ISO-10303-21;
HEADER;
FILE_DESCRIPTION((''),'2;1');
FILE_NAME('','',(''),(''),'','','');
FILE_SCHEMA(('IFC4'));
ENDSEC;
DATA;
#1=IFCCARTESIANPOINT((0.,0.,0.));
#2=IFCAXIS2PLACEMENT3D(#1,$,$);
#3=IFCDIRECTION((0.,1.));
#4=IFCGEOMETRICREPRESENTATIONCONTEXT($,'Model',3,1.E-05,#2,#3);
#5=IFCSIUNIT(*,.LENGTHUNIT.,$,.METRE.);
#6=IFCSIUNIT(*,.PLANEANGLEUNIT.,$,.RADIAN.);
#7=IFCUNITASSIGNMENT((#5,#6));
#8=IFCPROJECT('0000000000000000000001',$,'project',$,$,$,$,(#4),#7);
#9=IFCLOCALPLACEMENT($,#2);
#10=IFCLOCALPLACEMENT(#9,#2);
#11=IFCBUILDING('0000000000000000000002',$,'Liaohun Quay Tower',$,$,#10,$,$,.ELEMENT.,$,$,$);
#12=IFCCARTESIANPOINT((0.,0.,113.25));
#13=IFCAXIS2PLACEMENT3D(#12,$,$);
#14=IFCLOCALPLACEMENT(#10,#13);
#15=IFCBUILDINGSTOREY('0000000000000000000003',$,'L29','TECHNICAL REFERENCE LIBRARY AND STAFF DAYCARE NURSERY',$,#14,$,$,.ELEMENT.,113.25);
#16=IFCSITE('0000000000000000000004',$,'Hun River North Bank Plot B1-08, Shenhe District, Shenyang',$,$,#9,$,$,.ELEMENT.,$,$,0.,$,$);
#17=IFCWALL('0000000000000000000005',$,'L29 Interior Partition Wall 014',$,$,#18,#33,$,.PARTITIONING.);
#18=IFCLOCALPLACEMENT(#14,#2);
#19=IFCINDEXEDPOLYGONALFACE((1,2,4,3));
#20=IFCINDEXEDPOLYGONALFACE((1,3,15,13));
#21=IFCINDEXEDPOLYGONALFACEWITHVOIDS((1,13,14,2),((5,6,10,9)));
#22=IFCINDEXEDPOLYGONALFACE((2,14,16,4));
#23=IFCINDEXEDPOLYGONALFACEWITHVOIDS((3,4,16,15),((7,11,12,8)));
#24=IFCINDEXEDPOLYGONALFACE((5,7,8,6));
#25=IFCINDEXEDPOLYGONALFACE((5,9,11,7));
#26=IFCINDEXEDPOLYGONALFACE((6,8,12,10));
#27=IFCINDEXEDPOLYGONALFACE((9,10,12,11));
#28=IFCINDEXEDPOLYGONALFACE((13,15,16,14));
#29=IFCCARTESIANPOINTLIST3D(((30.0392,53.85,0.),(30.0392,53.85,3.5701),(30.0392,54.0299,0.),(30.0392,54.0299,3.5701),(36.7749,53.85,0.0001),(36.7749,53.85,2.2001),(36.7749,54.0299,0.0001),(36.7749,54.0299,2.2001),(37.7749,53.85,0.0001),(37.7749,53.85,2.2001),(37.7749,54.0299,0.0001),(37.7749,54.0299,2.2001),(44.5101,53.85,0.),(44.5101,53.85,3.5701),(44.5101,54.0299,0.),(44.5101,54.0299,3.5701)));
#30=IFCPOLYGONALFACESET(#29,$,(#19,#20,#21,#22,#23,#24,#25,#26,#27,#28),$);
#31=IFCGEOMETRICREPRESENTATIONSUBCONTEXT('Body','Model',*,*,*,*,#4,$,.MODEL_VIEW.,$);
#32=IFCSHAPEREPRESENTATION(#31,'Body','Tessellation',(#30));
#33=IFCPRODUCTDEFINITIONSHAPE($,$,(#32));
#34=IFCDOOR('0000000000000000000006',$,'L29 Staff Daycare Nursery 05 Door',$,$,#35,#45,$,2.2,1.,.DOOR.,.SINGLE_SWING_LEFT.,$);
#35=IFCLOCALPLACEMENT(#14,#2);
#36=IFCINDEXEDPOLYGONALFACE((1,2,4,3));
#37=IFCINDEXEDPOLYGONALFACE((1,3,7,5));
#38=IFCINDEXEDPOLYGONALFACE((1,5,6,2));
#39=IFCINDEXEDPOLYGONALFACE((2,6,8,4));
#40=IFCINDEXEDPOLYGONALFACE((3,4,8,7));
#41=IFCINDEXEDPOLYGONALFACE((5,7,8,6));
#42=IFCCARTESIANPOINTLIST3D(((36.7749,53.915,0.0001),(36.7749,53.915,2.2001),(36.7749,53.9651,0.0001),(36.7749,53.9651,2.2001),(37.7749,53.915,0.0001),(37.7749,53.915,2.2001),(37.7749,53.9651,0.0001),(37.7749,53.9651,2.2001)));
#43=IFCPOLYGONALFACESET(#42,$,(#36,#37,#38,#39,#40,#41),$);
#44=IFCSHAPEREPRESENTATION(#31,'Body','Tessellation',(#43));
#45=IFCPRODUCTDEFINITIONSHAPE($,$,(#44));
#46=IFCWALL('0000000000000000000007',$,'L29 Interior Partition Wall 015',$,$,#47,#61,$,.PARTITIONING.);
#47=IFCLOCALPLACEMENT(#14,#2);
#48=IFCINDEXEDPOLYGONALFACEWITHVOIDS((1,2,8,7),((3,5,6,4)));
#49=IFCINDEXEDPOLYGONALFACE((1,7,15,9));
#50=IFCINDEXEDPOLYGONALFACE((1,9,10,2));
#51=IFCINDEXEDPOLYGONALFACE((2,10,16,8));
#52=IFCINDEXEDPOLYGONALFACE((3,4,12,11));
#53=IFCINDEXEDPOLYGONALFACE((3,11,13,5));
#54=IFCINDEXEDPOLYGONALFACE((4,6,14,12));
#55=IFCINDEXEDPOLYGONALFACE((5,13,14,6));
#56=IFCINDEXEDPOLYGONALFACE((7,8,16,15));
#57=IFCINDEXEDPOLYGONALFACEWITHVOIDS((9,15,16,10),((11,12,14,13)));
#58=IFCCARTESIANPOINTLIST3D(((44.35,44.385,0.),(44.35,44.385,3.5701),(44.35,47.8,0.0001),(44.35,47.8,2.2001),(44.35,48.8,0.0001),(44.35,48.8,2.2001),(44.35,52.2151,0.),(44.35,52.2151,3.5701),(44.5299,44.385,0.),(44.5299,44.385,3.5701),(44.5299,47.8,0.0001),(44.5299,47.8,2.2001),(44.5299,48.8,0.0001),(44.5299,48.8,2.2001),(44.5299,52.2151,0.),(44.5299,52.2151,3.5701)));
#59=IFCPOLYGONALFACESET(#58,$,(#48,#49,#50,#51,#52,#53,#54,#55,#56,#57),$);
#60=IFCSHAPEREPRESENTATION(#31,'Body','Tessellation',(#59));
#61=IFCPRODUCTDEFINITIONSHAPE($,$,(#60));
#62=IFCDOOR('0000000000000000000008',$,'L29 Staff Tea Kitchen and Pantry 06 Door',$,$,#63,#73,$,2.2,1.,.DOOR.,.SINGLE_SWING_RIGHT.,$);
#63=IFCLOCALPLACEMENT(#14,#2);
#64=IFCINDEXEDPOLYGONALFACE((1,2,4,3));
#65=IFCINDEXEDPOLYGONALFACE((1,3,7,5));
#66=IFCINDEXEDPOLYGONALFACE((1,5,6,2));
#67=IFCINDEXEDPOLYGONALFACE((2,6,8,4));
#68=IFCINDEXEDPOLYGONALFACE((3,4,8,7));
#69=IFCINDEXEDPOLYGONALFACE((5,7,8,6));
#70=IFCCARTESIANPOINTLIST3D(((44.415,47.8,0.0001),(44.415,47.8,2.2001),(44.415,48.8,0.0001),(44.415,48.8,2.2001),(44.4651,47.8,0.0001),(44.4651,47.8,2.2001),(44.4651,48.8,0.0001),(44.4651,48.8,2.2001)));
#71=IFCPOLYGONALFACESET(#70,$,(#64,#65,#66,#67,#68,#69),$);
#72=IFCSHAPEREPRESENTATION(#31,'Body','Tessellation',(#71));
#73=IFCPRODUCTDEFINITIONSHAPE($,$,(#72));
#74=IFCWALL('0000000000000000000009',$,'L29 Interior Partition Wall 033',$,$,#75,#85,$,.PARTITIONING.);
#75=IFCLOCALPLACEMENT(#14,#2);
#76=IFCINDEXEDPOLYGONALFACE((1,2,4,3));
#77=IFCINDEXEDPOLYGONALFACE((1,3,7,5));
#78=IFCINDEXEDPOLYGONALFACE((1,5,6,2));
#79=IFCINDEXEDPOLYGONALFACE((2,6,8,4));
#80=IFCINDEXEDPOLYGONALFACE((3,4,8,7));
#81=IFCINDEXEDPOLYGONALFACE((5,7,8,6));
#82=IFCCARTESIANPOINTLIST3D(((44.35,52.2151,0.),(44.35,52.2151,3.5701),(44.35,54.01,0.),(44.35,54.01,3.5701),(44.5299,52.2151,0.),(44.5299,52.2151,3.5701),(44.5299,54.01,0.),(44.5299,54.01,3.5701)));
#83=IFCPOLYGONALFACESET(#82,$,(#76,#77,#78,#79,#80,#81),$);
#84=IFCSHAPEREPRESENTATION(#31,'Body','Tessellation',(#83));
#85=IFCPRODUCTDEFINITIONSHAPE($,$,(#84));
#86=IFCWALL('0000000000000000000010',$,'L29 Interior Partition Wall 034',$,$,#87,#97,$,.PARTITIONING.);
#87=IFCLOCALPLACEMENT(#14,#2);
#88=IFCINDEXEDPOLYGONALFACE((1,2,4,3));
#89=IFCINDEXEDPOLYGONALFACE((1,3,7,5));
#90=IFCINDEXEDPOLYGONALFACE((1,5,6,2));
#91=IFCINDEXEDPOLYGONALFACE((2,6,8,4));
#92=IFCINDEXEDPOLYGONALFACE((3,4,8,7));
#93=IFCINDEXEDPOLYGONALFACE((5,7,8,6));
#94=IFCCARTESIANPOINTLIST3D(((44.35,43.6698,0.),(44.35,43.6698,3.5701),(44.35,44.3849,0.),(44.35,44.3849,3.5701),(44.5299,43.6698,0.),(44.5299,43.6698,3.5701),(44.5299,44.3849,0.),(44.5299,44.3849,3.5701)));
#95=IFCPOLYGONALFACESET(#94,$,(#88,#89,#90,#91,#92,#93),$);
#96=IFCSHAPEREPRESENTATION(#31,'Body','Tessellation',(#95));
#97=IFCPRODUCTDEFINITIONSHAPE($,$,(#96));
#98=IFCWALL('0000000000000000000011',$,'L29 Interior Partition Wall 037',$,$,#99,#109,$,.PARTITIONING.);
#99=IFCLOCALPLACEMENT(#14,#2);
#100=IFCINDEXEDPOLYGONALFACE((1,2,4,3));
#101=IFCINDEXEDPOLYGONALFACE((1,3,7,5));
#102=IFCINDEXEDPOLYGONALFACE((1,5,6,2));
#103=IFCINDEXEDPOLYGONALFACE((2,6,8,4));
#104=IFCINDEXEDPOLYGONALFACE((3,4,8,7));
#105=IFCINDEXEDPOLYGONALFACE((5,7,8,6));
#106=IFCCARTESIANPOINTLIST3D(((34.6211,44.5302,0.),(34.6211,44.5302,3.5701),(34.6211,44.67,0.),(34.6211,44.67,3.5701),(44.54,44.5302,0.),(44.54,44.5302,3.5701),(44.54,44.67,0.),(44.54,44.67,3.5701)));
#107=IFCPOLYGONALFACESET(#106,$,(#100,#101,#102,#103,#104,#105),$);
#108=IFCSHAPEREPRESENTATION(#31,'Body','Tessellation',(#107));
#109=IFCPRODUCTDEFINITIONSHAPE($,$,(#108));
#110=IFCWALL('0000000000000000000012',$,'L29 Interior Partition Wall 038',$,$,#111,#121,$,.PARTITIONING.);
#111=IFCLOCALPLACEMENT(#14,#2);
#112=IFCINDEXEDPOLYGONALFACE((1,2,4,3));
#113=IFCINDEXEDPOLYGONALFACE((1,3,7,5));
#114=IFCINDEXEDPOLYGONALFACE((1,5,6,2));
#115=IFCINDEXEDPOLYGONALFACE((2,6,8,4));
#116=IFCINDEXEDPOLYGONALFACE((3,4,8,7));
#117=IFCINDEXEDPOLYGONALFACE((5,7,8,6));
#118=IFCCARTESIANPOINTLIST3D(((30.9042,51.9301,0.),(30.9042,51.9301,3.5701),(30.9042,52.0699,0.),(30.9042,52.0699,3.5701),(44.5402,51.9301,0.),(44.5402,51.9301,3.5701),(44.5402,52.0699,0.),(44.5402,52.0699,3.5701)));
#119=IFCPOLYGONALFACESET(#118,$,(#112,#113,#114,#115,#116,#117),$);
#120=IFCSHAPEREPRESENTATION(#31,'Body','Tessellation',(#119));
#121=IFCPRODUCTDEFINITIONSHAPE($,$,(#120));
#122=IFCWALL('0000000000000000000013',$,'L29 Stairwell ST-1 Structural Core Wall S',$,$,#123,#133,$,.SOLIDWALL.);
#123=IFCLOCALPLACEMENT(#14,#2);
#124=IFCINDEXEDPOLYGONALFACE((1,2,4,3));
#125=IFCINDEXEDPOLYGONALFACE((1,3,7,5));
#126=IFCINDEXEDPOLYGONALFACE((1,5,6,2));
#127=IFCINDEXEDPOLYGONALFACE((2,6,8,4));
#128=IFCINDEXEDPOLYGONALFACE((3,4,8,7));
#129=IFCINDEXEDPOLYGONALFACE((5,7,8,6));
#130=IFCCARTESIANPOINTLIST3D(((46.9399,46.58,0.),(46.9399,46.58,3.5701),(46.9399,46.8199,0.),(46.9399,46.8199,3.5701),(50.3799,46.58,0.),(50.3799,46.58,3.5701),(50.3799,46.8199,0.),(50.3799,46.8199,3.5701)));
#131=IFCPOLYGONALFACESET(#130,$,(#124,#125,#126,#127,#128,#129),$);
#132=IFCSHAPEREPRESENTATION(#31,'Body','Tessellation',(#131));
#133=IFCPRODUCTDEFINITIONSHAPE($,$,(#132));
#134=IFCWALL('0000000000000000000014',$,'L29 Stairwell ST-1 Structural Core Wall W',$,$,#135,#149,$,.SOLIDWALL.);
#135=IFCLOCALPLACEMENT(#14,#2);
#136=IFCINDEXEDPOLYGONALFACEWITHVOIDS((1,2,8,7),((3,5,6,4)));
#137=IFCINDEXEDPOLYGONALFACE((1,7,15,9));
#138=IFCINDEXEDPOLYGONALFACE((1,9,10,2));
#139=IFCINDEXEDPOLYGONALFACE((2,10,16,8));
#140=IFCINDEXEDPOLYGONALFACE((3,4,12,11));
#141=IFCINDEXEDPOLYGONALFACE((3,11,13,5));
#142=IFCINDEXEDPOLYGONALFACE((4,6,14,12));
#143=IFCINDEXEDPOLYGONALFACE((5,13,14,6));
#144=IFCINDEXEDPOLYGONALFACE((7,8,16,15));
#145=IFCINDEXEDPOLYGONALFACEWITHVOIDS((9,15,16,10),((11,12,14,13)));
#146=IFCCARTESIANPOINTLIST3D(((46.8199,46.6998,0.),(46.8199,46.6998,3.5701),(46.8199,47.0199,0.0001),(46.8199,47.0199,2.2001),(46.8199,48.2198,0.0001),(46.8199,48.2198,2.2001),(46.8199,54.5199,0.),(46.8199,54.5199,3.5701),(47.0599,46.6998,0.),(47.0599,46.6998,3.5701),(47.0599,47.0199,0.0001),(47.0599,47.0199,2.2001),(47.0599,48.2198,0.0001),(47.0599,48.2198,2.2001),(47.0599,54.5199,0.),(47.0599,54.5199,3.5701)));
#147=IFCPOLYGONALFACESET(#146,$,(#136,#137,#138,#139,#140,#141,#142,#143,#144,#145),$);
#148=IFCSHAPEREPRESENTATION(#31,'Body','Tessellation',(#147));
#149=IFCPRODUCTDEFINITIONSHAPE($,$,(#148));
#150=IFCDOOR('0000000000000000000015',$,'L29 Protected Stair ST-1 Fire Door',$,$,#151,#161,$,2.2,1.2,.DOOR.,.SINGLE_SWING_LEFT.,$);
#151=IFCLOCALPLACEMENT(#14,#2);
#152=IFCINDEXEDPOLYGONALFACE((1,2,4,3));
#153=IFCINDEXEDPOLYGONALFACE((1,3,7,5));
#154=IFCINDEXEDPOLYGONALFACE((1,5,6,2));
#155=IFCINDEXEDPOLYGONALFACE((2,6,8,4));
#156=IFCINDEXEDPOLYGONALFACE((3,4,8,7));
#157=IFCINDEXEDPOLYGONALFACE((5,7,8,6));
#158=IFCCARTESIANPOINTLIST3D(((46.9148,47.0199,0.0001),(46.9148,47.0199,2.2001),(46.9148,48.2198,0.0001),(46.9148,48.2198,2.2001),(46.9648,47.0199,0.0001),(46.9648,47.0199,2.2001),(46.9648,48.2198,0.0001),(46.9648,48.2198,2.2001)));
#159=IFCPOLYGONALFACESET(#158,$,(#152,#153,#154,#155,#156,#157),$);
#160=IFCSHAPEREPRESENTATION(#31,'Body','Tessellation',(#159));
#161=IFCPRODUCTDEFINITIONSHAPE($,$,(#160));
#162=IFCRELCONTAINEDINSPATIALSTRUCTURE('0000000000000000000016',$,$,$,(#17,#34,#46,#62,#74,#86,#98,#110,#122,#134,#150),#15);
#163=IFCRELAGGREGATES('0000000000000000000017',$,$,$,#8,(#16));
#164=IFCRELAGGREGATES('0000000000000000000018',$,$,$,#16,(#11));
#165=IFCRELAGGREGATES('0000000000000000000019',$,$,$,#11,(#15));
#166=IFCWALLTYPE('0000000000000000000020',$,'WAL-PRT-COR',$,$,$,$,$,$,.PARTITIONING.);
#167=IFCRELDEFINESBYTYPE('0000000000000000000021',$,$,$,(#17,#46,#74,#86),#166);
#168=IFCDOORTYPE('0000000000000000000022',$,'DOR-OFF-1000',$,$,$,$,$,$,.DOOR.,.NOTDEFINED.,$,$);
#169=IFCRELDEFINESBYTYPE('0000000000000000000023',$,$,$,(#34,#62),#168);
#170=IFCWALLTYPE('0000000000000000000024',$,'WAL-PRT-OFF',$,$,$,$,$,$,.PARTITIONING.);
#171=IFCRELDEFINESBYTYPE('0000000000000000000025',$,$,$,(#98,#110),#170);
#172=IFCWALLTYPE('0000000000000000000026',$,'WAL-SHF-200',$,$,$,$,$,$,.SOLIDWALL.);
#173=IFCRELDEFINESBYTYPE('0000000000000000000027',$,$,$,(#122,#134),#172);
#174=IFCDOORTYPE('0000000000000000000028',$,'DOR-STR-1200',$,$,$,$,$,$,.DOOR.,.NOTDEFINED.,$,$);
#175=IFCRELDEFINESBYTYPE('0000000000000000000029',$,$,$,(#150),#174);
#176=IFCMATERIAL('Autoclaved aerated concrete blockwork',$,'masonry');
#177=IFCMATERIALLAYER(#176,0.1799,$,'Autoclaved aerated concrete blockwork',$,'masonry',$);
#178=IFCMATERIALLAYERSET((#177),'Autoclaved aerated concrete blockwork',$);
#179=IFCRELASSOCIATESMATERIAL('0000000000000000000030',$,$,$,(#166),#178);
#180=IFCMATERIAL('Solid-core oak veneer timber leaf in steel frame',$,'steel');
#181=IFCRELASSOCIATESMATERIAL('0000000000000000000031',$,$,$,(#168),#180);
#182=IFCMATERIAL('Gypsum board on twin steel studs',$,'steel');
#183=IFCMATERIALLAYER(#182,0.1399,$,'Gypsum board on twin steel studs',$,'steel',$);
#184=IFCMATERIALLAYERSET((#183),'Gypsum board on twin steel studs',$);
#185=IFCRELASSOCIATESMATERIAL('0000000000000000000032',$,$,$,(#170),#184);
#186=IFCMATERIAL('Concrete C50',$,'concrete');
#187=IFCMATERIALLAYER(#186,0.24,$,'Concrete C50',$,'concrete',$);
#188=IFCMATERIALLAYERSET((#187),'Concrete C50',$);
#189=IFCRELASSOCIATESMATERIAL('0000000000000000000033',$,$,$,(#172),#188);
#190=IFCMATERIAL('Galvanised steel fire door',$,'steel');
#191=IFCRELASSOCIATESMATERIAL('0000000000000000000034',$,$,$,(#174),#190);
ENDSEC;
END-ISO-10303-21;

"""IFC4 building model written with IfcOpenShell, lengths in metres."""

from ifc_helpers import new_model, si_unit, direction, frame, frame_2d, origin, place, context, subcontext, project, spatial, rectangle, extrude, source, transform, mapped, material, layer, layer_set, type_object, element, fill, save


model = new_model("IFC4")

# Units and contexts
model_context = context("Model", 3, precision=1e-05, world=origin(), true_north=direction((0.0, 1.0)))
body_context = subcontext(model_context, "Body", "Model", "MODEL_VIEW")
ifc_project = project(units=[si_unit("LENGTHUNIT", "METRE"), si_unit("PLANEANGLEUNIT", "RADIAN")], contexts=[model_context])

# Site, building, storey
site_placement = place(None, origin())
site = spatial("IfcSite", under=ifc_project, at=site_placement, Name="Hun River North Bank Plot B1-08, Shenhe District, Shenyang", CompositionType="ELEMENT", RefElevation=0.0)
building_placement = place(site_placement, origin())
building = spatial("IfcBuilding", under=site, at=building_placement, Name="Liaohun Quay Tower", CompositionType="ELEMENT")
storey_placement = place(building_placement, frame((0.0, 0.0, 113.25)))
storey = spatial("IfcBuildingStorey", under=building, at=storey_placement, Name="L29", Description="TECHNICAL REFERENCE LIBRARY AND STAFF DAYCARE NURSERY", CompositionType="ELEMENT", Elevation=113.25)

# Walls, openings, doors
ifc_material_1 = material(Name="Autoclaved aerated concrete blockwork", Category="masonry")
ifc_layer_1 = layer(ifc_material_1, 0.1799, Name="Autoclaved aerated concrete blockwork", Category="masonry")
ifc_layer_set_1 = layer_set([ifc_layer_1], Name="Autoclaved aerated concrete blockwork")
wall_type_1 = type_object("IfcWallType", Name="WAL-PRT-COR", PredefinedType="PARTITIONING", material=ifc_layer_set_1)
wall_1_placement = place(storey_placement, frame((44.51, 53.9399, 0.0), z_axis=(0.0, 0.0, 1.0), x_axis=(-1.0, 0.0, 0.0)))
wall_1 = element("IfcWall", 1, at=wall_1_placement, inside=storey, type_object=wall_type_1, Name="L29 Interior Partition Wall 014", PredefinedType="PARTITIONING", context=body_context, shape_type="SweptSolid", body=[
    extrude(rectangle(XDim=14.4709, YDim=0.1799, at=frame_2d((7.2354, 0.0))), origin(), (0.0, 0.0, 1.0), 3.5701),
])
shared_shape_1 = source(origin(), body_context, "Body", "SweptSolid", [
    extrude(rectangle(XDim=1.0, YDim=2.2, at=frame_2d((0.5, 1.1001))), frame((0.0, 0.0999, 0.0), z_axis=(0.0, -1.0, 0.0), x_axis=(1.0, 0.0, 0.0)), (0.0, 0.0, 1.0), 0.2),
])
opening_1_placement = place(wall_1_placement, frame((6.7351, 0.0, 0.0)))
opening_1 = element("IfcOpeningElement", 2, at=opening_1_placement, cuts=wall_1, PredefinedType="OPENING", context=body_context, shape_type="MappedRepresentation", body=[
    mapped(shared_shape_1, transform((0.0, 0.0, 0.0), x_axis=(1.0, 0.0, 0.0), y_axis=(0.0, 1.0, 0.0), z_axis=(0.0, 0.0, 1.0), scale=1.0)),
])
ifc_material_2 = material(Name="Solid-core oak veneer timber leaf in steel frame", Category="steel")
door_type_1 = type_object("IfcDoorType", Name="DOR-OFF-1000", OperationType="NOTDEFINED", PredefinedType="DOOR", material=ifc_material_2)
shared_shape_2 = source(origin(), body_context, "Body", "SweptSolid", [
    extrude(rectangle(XDim=1.0, YDim=2.2, at=frame_2d((0.5, 1.1001))), frame((0.0, 0.0249, 0.0), z_axis=(0.0, -1.0, 0.0), x_axis=(1.0, 0.0, 0.0)), (0.0, 0.0, 1.0), 0.05),
])
door_1_placement = place(opening_1_placement, origin())
door_1 = element("IfcDoor", 3, at=door_1_placement, inside=storey, type_object=door_type_1, Name="L29 Staff Daycare Nursery 05 Door", OperationType="SINGLE_SWING_LEFT", OverallHeight=2.2, OverallWidth=1.0, PredefinedType="DOOR", context=body_context, shape_type="MappedRepresentation", body=[
    mapped(shared_shape_2, transform((0.0, 0.0, 0.0), x_axis=(1.0, 0.0, 0.0), y_axis=(0.0, 1.0, 0.0), z_axis=(0.0, 0.0, 1.0), scale=1.0)),
])
fill(opening_1, door_1)
wall_2_placement = place(storey_placement, frame((44.4399, 44.385, 0.0), z_axis=(0.0, 0.0, 1.0), x_axis=(0.0, 1.0, 0.0)))
wall_2 = element("IfcWall", 4, at=wall_2_placement, inside=storey, type_object=wall_type_1, Name="L29 Interior Partition Wall 015", PredefinedType="PARTITIONING", context=body_context, shape_type="SweptSolid", body=[
    extrude(rectangle(XDim=7.8301, YDim=0.1799, at=frame_2d((3.915, 0.0))), origin(), (0.0, 0.0, 1.0), 3.5701),
])
opening_2_placement = place(wall_2_placement, frame((3.415, 0.0, 0.0)))
opening_2 = element("IfcOpeningElement", 5, at=opening_2_placement, cuts=wall_2, PredefinedType="OPENING", context=body_context, shape_type="MappedRepresentation", body=[
    mapped(shared_shape_1, transform((0.0, 0.0, 0.0), x_axis=(1.0, 0.0, 0.0), y_axis=(0.0, 1.0, 0.0), z_axis=(0.0, 0.0, 1.0), scale=1.0)),
])
door_2_placement = place(opening_2_placement, origin())
door_2 = element("IfcDoor", 6, at=door_2_placement, inside=storey, type_object=door_type_1, Name="L29 Staff Tea Kitchen and Pantry 06 Door", OperationType="SINGLE_SWING_RIGHT", OverallHeight=2.2, OverallWidth=1.0, PredefinedType="DOOR", context=body_context, shape_type="MappedRepresentation", body=[
    mapped(shared_shape_2, transform((0.0, 0.0, 0.0), x_axis=(1.0, 0.0, 0.0), y_axis=(0.0, 1.0, 0.0), z_axis=(0.0, 0.0, 1.0), scale=1.0)),
])
fill(opening_2, door_2)

# Walls
wall_3_placement = place(storey_placement, frame((44.4399, 52.2151, 0.0), z_axis=(0.0, 0.0, 1.0), x_axis=(0.0, 1.0, 0.0)))
element("IfcWall", 7, at=wall_3_placement, inside=storey, type_object=wall_type_1, Name="L29 Interior Partition Wall 033", PredefinedType="PARTITIONING", context=body_context, shape_type="SweptSolid", body=[
    extrude(rectangle(XDim=1.7949, YDim=0.1799, at=frame_2d((0.8975, 0.0))), origin(), (0.0, 0.0, 1.0), 3.5701),
])
wall_4_placement = place(storey_placement, frame((44.4399, 43.6699, 0.0), z_axis=(0.0, 0.0, 1.0), x_axis=(0.0, 1.0, 0.0)))
element("IfcWall", 8, at=wall_4_placement, inside=storey, type_object=wall_type_1, Name="L29 Interior Partition Wall 034", PredefinedType="PARTITIONING", context=body_context, shape_type="SweptSolid", body=[
    extrude(rectangle(XDim=0.7151, YDim=0.1799, at=frame_2d((0.3574, 0.0))), origin(), (0.0, 0.0, 1.0), 3.5701),
])
ifc_material_3 = material(Name="Gypsum board on twin steel studs", Category="steel")
ifc_layer_2 = layer(ifc_material_3, 0.1399, Name="Gypsum board on twin steel studs", Category="steel")
ifc_layer_set_2 = layer_set([ifc_layer_2], Name="Gypsum board on twin steel studs")
wall_type_2 = type_object("IfcWallType", Name="WAL-PRT-OFF", PredefinedType="PARTITIONING", material=ifc_layer_set_2)
wall_5_placement = place(storey_placement, frame((44.54, 44.6001, 0.0), z_axis=(0.0, 0.0, 1.0), x_axis=(-1.0, 0.0, 0.0)))
element("IfcWall", 9, at=wall_5_placement, inside=storey, type_object=wall_type_2, Name="L29 Interior Partition Wall 037", PredefinedType="PARTITIONING", context=body_context, shape_type="SweptSolid", body=[
    extrude(rectangle(XDim=9.9189, YDim=0.1399, at=frame_2d((4.9595, 0.0))), origin(), (0.0, 0.0, 1.0), 3.5701),
])
wall_6_placement = place(storey_placement, frame((44.54, 52.0, 0.0), z_axis=(0.0, 0.0, 1.0), x_axis=(-1.0, 0.0, 0.0)))
element("IfcWall", 10, at=wall_6_placement, inside=storey, type_object=wall_type_2, Name="L29 Interior Partition Wall 038", PredefinedType="PARTITIONING", context=body_context, shape_type="SweptSolid", body=[
    extrude(rectangle(XDim=13.636, YDim=0.1399, at=frame_2d((6.8179, 0.0))), origin(), (0.0, 0.0, 1.0), 3.5701),
])
ifc_material_4 = material(Name="Concrete C50", Category="concrete")
ifc_layer_3 = layer(ifc_material_4, 0.24, Name="Concrete C50", Category="concrete")
ifc_layer_set_3 = layer_set([ifc_layer_3], Name="Concrete C50")
wall_type_3 = type_object("IfcWallType", Name="WAL-SHF-200", PredefinedType="SOLIDWALL", material=ifc_layer_set_3)
wall_7_placement = place(storey_placement, frame((46.9399, 46.7, 0.0), z_axis=(0.0, 0.0, 1.0), x_axis=(1.0, 0.0, 0.0)))
element("IfcWall", 11, at=wall_7_placement, inside=storey, type_object=wall_type_3, Name="L29 Stairwell ST-1 Structural Core Wall S", PredefinedType="SOLIDWALL", context=body_context, shape_type="SweptSolid", body=[
    extrude(rectangle(XDim=3.4399, YDim=0.24, at=frame_2d((1.72, 0.0))), origin(), (0.0, 0.0, 1.0), 3.5701),
])

# Wall, opening, door
wall_8_placement = place(storey_placement, frame((46.9399, 54.52, 0.0), z_axis=(0.0, 0.0, 1.0), x_axis=(0.0, -1.0, 0.0)))
wall_8 = element("IfcWall", 12, at=wall_8_placement, inside=storey, type_object=wall_type_3, Name="L29 Stairwell ST-1 Structural Core Wall W", PredefinedType="SOLIDWALL", context=body_context, shape_type="SweptSolid", body=[
    extrude(rectangle(XDim=7.8201, YDim=0.24, at=frame_2d((3.9102, 0.0))), origin(), (0.0, 0.0, 1.0), 3.5701),
])
shared_shape_3 = source(origin(), body_context, "Body", "SweptSolid", [
    extrude(rectangle(XDim=1.2, YDim=2.2, at=frame_2d((0.6001, 1.1001))), frame((0.0, 0.1299, 0.0), z_axis=(0.0, -1.0, 0.0), x_axis=(1.0, 0.0, 0.0)), (0.0, 0.0, 1.0), 0.26),
])
opening_3_placement = place(wall_8_placement, frame((6.3, 0.0, 0.0)))
opening_3 = element("IfcOpeningElement", 13, at=opening_3_placement, cuts=wall_8, PredefinedType="OPENING", context=body_context, shape_type="MappedRepresentation", body=[
    mapped(shared_shape_3, transform((0.0, 0.0, 0.0), x_axis=(1.0, 0.0, 0.0), y_axis=(0.0, 1.0, 0.0), z_axis=(0.0, 0.0, 1.0), scale=1.0)),
])
ifc_material_5 = material(Name="Galvanised steel fire door", Category="steel")
door_type_2 = type_object("IfcDoorType", Name="DOR-STR-1200", OperationType="NOTDEFINED", PredefinedType="DOOR", material=ifc_material_5)
shared_shape_4 = source(origin(), body_context, "Body", "SweptSolid", [
    extrude(rectangle(XDim=1.2, YDim=2.2, at=frame_2d((0.6001, 1.1001))), frame((0.0, 0.0249, 0.0), z_axis=(0.0, -1.0, 0.0), x_axis=(1.0, 0.0, 0.0)), (0.0, 0.0, 1.0), 0.05),
])
door_3_placement = place(opening_3_placement, origin())
door_3 = element("IfcDoor", 14, at=door_3_placement, inside=storey, type_object=door_type_2, Name="L29 Protected Stair ST-1 Fire Door", OperationType="SINGLE_SWING_LEFT", OverallHeight=2.2, OverallWidth=1.2, PredefinedType="DOOR", context=body_context, shape_type="MappedRepresentation", body=[
    mapped(shared_shape_4, transform((0.0, 0.0, 0.0), x_axis=(1.0, 0.0, 0.0), y_axis=(0.0, 1.0, 0.0), z_axis=(0.0, 0.0, 1.0), scale=1.0)),
])
fill(opening_3, door_3)

save(model, "model.ifc")
